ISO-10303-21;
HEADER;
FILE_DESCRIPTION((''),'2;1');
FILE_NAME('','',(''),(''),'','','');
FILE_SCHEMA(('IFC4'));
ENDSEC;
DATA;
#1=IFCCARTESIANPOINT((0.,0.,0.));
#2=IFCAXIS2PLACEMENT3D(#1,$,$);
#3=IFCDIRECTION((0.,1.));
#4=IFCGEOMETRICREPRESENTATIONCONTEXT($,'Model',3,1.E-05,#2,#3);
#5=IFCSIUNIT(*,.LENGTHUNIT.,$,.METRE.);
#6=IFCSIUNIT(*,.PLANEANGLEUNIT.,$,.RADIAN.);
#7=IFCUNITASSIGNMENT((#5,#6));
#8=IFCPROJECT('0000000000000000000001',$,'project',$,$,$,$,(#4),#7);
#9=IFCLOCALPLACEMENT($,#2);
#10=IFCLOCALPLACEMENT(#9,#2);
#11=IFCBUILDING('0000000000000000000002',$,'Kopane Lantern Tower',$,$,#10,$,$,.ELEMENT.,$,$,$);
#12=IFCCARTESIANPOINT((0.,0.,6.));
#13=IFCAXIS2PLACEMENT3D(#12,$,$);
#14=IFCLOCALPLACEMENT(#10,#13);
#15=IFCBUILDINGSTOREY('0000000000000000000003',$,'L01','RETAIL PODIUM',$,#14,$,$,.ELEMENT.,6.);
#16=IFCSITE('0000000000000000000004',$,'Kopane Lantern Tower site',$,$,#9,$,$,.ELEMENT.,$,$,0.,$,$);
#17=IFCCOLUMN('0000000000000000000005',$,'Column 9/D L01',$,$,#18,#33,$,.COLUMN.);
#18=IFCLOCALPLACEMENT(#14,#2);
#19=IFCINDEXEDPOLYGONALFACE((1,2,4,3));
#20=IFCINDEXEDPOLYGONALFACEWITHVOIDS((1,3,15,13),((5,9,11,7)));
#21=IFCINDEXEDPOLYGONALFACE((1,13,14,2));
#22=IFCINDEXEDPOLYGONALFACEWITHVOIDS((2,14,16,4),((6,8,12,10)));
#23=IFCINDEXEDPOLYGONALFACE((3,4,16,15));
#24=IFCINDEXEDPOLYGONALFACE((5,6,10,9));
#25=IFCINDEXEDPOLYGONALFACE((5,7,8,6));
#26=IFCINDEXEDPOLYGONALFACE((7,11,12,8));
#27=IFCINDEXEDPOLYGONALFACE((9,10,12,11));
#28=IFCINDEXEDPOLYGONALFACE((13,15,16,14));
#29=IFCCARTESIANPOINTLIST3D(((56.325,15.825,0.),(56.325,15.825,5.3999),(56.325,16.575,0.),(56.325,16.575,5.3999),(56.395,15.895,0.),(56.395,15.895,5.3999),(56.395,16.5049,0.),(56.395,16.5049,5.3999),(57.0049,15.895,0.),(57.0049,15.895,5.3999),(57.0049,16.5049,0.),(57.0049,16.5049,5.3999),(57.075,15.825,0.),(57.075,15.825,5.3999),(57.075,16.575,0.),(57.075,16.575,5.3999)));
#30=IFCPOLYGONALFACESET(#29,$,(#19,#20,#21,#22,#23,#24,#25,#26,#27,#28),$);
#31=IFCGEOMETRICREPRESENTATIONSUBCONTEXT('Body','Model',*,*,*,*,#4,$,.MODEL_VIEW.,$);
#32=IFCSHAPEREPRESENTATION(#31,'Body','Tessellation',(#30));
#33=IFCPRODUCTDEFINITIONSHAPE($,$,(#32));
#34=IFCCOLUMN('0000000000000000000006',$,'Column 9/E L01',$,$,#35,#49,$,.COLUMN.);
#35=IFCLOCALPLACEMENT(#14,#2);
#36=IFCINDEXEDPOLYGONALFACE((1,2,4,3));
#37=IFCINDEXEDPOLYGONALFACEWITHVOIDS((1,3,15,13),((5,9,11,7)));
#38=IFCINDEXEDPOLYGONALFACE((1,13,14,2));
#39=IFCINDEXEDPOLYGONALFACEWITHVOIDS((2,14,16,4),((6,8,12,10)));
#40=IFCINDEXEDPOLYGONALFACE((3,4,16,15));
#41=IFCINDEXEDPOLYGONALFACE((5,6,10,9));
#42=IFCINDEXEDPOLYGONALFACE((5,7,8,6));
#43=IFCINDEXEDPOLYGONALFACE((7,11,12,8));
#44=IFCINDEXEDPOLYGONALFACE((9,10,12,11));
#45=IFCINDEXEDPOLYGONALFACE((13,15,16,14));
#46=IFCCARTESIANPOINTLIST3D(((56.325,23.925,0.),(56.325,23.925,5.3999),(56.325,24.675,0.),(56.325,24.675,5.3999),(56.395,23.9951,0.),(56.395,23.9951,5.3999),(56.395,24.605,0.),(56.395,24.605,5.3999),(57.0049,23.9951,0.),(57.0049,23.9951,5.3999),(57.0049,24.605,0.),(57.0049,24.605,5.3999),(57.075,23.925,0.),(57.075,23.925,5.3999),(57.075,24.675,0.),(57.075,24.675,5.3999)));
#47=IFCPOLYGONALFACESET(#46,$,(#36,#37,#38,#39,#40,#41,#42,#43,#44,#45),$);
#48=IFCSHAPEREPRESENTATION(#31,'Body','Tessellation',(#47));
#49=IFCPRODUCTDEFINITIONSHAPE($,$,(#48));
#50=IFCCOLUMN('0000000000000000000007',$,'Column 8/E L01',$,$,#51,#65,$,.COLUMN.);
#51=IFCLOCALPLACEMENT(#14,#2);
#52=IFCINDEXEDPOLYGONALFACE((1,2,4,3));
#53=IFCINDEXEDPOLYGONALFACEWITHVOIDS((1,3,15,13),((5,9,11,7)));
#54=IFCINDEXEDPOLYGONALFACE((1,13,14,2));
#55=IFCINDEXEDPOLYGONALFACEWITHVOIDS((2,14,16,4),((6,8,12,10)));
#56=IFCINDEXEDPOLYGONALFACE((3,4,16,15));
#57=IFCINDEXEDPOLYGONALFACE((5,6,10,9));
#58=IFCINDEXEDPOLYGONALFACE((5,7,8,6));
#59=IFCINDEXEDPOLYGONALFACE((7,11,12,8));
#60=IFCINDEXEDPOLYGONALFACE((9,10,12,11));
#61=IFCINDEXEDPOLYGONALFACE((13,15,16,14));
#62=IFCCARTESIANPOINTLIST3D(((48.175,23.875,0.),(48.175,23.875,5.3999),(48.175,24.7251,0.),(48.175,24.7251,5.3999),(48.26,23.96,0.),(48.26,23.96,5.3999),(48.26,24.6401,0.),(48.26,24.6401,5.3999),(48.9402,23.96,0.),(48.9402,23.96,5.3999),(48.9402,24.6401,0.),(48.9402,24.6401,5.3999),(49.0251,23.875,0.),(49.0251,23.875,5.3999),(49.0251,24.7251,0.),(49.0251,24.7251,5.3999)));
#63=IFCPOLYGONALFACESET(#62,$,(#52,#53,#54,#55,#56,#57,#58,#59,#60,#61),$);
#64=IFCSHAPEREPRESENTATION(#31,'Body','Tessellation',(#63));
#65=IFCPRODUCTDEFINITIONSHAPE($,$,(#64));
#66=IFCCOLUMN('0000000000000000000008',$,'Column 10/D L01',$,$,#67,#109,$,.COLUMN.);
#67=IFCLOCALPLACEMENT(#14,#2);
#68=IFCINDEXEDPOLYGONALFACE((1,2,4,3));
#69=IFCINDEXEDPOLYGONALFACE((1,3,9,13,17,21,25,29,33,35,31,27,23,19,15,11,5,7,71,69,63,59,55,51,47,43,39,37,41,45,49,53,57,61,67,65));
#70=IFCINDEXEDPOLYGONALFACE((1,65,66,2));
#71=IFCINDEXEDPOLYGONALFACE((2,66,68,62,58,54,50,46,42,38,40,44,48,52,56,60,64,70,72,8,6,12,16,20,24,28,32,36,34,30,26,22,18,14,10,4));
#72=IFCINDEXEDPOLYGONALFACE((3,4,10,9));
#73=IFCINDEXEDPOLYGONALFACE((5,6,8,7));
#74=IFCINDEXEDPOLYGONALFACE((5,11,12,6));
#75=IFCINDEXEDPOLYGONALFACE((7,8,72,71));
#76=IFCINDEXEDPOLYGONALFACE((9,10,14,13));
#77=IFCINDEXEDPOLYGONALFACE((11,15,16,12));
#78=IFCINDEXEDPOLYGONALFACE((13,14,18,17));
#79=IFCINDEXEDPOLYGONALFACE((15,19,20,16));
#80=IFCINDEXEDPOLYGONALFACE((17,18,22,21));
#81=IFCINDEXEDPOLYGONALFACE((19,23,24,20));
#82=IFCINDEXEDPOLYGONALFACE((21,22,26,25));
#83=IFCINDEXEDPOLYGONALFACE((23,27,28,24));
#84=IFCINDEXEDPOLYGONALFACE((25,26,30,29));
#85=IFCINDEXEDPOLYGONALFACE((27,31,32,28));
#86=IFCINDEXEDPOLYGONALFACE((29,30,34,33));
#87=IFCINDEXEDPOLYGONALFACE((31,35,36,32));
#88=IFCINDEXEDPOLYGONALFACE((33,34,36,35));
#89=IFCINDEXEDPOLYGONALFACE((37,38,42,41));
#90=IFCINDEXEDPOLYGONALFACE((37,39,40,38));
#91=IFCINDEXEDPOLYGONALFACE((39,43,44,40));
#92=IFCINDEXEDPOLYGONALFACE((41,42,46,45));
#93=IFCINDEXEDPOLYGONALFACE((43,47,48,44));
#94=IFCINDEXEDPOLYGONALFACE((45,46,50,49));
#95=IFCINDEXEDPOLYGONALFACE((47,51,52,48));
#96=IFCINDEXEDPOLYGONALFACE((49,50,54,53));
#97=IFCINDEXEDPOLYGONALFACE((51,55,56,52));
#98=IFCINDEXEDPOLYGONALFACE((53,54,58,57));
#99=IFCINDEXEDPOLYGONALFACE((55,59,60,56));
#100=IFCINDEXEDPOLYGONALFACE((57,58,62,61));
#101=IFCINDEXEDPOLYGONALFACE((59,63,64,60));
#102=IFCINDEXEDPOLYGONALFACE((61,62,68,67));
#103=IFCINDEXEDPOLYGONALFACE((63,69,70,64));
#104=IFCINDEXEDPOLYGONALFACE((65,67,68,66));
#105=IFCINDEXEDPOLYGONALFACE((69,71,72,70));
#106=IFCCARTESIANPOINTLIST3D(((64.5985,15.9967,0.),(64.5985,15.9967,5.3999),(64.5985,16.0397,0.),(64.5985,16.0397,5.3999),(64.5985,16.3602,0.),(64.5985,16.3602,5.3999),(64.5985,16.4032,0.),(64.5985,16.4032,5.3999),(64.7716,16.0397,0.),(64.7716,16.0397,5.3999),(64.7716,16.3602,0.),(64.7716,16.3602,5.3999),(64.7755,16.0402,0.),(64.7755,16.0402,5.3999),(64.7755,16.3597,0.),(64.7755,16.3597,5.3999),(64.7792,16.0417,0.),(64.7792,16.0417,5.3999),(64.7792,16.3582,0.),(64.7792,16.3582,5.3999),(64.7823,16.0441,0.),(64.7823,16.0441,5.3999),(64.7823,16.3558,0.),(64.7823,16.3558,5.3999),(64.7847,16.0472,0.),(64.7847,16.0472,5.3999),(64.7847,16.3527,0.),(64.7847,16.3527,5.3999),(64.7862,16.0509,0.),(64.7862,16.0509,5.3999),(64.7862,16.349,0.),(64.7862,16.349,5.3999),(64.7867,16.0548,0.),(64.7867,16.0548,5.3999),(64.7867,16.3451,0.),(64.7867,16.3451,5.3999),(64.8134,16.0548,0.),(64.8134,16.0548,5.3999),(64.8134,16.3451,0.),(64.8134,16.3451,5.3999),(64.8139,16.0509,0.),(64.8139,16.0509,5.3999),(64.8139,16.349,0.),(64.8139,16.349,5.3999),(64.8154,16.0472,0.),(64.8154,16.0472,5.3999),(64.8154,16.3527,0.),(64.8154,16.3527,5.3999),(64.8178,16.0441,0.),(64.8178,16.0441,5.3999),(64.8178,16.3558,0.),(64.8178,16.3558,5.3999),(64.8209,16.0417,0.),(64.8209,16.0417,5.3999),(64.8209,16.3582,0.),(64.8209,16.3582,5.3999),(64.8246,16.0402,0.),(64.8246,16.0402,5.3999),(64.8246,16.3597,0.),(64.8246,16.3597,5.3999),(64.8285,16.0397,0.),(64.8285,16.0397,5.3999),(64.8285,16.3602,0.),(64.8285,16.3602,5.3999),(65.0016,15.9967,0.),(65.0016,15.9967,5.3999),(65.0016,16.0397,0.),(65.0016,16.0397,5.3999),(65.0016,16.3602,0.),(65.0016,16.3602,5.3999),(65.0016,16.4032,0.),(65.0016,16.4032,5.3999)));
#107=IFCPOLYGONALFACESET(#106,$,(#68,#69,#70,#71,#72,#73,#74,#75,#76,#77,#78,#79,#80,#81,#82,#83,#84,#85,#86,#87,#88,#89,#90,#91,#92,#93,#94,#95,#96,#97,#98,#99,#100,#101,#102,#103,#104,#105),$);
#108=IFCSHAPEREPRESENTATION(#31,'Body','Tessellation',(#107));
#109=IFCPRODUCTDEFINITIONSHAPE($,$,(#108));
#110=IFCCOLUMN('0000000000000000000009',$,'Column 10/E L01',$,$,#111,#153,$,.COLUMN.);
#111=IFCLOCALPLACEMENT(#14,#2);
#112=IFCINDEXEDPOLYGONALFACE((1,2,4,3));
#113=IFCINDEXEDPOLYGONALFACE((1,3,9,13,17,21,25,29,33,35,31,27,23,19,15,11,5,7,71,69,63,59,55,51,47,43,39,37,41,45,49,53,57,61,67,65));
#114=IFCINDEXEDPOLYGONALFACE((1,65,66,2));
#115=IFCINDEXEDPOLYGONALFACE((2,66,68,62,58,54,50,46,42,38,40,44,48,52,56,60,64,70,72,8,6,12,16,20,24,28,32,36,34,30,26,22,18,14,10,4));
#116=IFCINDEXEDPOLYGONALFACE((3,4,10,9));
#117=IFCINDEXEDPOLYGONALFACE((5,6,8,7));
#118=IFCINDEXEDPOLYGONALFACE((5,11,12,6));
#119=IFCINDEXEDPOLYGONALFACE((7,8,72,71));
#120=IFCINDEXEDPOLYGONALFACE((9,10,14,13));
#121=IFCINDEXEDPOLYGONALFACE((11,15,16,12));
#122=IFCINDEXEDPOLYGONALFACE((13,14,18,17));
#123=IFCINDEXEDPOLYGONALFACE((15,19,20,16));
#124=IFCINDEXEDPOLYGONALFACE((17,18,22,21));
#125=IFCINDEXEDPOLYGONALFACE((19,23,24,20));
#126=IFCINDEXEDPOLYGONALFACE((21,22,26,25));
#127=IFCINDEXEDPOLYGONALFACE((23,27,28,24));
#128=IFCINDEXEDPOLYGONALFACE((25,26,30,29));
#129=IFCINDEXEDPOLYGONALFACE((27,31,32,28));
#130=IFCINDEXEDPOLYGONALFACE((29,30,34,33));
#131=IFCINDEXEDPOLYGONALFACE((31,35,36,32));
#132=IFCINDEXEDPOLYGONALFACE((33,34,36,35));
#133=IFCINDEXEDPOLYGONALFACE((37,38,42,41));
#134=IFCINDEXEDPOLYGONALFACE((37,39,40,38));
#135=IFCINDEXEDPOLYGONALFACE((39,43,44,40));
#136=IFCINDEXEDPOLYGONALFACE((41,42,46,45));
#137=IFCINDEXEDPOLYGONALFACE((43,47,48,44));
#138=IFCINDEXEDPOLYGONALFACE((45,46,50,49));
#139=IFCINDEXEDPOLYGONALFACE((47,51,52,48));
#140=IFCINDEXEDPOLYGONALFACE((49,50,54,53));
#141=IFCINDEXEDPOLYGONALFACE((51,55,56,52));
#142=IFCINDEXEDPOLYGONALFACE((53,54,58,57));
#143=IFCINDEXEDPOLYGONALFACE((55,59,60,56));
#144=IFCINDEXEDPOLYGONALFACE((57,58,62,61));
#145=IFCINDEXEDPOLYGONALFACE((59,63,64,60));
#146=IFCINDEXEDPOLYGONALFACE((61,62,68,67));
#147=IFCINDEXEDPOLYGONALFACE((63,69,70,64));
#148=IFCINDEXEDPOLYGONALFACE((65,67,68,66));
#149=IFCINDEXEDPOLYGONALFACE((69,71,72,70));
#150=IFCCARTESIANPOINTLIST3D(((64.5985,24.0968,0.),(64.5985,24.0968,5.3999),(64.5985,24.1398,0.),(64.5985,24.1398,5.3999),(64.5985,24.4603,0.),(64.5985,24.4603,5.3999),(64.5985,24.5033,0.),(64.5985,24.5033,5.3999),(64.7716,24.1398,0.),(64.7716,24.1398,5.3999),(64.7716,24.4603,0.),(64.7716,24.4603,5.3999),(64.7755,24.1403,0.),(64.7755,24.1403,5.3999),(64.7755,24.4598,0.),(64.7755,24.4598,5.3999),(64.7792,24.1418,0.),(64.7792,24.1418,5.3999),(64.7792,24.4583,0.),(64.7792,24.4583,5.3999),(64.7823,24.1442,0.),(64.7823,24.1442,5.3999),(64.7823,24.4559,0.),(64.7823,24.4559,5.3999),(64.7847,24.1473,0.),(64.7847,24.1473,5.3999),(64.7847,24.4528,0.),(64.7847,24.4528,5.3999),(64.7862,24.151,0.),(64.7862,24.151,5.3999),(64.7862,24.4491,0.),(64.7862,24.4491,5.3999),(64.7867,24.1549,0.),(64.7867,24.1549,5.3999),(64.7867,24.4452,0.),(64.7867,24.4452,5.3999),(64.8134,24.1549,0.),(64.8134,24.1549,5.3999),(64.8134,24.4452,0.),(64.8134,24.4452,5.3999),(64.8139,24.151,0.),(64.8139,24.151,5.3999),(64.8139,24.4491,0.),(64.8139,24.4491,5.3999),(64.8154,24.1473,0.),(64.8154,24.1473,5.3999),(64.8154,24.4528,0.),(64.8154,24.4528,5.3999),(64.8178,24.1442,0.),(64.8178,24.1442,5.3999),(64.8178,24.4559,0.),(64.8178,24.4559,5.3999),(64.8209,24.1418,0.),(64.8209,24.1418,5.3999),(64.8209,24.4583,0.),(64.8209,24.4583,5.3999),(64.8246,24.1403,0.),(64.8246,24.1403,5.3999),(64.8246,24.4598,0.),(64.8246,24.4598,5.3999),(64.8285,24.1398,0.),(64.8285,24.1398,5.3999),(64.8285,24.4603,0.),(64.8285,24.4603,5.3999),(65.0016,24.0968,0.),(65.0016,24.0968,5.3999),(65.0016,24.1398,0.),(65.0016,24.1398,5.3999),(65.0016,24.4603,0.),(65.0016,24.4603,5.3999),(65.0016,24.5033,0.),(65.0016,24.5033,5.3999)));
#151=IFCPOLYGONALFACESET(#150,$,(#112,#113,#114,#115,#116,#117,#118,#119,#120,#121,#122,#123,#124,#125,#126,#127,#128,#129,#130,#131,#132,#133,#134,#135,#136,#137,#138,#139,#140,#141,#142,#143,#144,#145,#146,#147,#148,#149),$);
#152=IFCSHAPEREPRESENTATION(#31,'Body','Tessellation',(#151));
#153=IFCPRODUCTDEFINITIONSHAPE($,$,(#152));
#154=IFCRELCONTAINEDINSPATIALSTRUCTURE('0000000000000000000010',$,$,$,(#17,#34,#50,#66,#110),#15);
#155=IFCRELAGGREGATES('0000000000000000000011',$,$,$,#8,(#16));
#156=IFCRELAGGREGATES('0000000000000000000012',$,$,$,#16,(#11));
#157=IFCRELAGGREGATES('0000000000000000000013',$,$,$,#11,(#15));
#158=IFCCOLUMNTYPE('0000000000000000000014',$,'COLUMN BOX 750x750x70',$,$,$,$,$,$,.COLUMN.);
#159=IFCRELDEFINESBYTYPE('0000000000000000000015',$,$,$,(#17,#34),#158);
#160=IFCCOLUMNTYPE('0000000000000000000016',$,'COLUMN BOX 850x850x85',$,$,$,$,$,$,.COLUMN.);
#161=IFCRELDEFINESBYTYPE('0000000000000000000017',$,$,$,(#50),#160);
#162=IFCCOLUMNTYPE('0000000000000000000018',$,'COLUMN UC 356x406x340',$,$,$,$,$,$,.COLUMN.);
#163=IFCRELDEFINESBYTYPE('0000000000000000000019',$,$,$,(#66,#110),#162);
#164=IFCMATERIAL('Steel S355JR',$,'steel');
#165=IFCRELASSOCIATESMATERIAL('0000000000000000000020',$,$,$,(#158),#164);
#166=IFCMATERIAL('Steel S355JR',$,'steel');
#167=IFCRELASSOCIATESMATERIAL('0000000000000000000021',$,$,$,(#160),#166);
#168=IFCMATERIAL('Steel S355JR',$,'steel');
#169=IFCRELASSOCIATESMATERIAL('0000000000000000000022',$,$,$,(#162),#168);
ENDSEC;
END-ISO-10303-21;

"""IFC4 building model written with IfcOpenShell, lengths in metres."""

from ifc_helpers import new_model, si_unit, direction, frame, origin, origin_2d, place, context, subcontext, project, spatial, hollow_rectangle, i_section, extrude, material, material_profile, profile_set, type_object, element, save


model = new_model("IFC4")

# Units and contexts
model_context = context("Model", 3, precision=1e-05, world=origin(), true_north=direction((0.0, 1.0)))
body_context = subcontext(model_context, "Body", "Model", "MODEL_VIEW")
ifc_project = project(units=[si_unit("LENGTHUNIT", "METRE"), si_unit("PLANEANGLEUNIT", "RADIAN")], contexts=[model_context])

# Site, building, storey
site_placement = place(None, origin())
site = spatial("IfcSite", under=ifc_project, at=site_placement, Name="Kopane Lantern Tower site", CompositionType="ELEMENT", RefElevation=0.0)
building_placement = place(site_placement, origin())
building = spatial("IfcBuilding", under=site, at=building_placement, Name="Kopane Lantern Tower", CompositionType="ELEMENT")
storey_placement = place(building_placement, frame((0.0, 0.0, 6.0)))
storey = spatial("IfcBuildingStorey", under=building, at=storey_placement, Name="L01", Description="RETAIL PODIUM", CompositionType="ELEMENT", Elevation=6.0)

# Columns
ifc_material_1 = material(Name="Steel S355JR", Category="steel")
ifc_material_profile_1 = material_profile(ifc_material_1, hollow_rectangle(XDim=0.75, YDim=0.75, WallThickness=0.0701, at=origin_2d()), Name="BOX 750x750x70")
ifc_profile_set_1 = profile_set([ifc_material_profile_1], Name="Steel S355JR")
column_type_1 = type_object("IfcColumnType", Name="COLUMN BOX 750x750x70", PredefinedType="COLUMN", material=ifc_profile_set_1)
for number, where, z_axis, x_axis, name in (
    (1, (56.7, 16.2, 0.0), (0.0, 0.0, 1.0), (1.0, 0.0, 0.0), "Column 9/D L01"),
    (2, (56.7, 24.3, 0.0), (0.0, 0.0, 1.0), (1.0, 0.0, 0.0), "Column 9/E L01"),
):
    element("IfcColumn", number, at=place(storey_placement, frame(where, z_axis=z_axis, x_axis=x_axis)), inside=storey, type_object=column_type_1, Name=name, PredefinedType="COLUMN", context=body_context, shape_type="SweptSolid", body=[
        extrude(hollow_rectangle(XDim=0.75, YDim=0.75, WallThickness=0.0701, at=origin_2d()), origin(), (0.0, 0.0, 1.0), 5.3999),
    ])
ifc_material_2 = material(Name="Steel S355JR", Category="steel")
ifc_material_profile_2 = material_profile(ifc_material_2, hollow_rectangle(XDim=0.8501, YDim=0.8501, WallThickness=0.085, at=origin_2d()), Name="BOX 850x850x85")
ifc_profile_set_2 = profile_set([ifc_material_profile_2], Name="Steel S355JR")
column_type_2 = type_object("IfcColumnType", Name="COLUMN BOX 850x850x85", PredefinedType="COLUMN", material=ifc_profile_set_2)
column_placement = place(storey_placement, frame((48.6001, 24.3, 0.0), z_axis=(0.0, 0.0, 1.0), x_axis=(1.0, 0.0, 0.0)))
element("IfcColumn", 3, at=column_placement, inside=storey, type_object=column_type_2, Name="Column 8/E L01", PredefinedType="COLUMN", context=body_context, shape_type="SweptSolid", body=[
    extrude(hollow_rectangle(XDim=0.8501, YDim=0.8501, WallThickness=0.085, at=origin_2d()), origin(), (0.0, 0.0, 1.0), 5.3999),
])
ifc_material_3 = material(Name="Steel S355JR", Category="steel")
ifc_material_profile_3 = material_profile(ifc_material_3, i_section(OverallWidth=0.4031, OverallDepth=0.4065, WebThickness=0.0266, FlangeThickness=0.043, FilletRadius=0.0151, at=origin_2d()), Name="UC 356x406x340")
ifc_profile_set_3 = profile_set([ifc_material_profile_3], Name="Steel S355JR")
column_type_3 = type_object("IfcColumnType", Name="COLUMN UC 356x406x340", PredefinedType="COLUMN", material=ifc_profile_set_3)
for number, where, z_axis, x_axis, name in (
    (4, (64.8, 16.2, 0.0), (0.0, 0.0, 1.0), (1.0, 0.0, 0.0), "Column 10/D L01"),
    (5, (64.8, 24.3, 0.0), (0.0, 0.0, 1.0), (1.0, 0.0, 0.0), "Column 10/E L01"),
):
    element("IfcColumn", number, at=place(storey_placement, frame(where, z_axis=z_axis, x_axis=x_axis)), inside=storey, type_object=column_type_3, Name=name, PredefinedType="COLUMN", context=body_context, shape_type="SweptSolid", body=[
        extrude(i_section(OverallWidth=0.4031, OverallDepth=0.4065, WebThickness=0.0266, FlangeThickness=0.043, FilletRadius=0.0151, at=origin_2d()), origin(), (0.0, 0.0, 1.0), 5.3999),
    ])

save(model, "model.ifc")
